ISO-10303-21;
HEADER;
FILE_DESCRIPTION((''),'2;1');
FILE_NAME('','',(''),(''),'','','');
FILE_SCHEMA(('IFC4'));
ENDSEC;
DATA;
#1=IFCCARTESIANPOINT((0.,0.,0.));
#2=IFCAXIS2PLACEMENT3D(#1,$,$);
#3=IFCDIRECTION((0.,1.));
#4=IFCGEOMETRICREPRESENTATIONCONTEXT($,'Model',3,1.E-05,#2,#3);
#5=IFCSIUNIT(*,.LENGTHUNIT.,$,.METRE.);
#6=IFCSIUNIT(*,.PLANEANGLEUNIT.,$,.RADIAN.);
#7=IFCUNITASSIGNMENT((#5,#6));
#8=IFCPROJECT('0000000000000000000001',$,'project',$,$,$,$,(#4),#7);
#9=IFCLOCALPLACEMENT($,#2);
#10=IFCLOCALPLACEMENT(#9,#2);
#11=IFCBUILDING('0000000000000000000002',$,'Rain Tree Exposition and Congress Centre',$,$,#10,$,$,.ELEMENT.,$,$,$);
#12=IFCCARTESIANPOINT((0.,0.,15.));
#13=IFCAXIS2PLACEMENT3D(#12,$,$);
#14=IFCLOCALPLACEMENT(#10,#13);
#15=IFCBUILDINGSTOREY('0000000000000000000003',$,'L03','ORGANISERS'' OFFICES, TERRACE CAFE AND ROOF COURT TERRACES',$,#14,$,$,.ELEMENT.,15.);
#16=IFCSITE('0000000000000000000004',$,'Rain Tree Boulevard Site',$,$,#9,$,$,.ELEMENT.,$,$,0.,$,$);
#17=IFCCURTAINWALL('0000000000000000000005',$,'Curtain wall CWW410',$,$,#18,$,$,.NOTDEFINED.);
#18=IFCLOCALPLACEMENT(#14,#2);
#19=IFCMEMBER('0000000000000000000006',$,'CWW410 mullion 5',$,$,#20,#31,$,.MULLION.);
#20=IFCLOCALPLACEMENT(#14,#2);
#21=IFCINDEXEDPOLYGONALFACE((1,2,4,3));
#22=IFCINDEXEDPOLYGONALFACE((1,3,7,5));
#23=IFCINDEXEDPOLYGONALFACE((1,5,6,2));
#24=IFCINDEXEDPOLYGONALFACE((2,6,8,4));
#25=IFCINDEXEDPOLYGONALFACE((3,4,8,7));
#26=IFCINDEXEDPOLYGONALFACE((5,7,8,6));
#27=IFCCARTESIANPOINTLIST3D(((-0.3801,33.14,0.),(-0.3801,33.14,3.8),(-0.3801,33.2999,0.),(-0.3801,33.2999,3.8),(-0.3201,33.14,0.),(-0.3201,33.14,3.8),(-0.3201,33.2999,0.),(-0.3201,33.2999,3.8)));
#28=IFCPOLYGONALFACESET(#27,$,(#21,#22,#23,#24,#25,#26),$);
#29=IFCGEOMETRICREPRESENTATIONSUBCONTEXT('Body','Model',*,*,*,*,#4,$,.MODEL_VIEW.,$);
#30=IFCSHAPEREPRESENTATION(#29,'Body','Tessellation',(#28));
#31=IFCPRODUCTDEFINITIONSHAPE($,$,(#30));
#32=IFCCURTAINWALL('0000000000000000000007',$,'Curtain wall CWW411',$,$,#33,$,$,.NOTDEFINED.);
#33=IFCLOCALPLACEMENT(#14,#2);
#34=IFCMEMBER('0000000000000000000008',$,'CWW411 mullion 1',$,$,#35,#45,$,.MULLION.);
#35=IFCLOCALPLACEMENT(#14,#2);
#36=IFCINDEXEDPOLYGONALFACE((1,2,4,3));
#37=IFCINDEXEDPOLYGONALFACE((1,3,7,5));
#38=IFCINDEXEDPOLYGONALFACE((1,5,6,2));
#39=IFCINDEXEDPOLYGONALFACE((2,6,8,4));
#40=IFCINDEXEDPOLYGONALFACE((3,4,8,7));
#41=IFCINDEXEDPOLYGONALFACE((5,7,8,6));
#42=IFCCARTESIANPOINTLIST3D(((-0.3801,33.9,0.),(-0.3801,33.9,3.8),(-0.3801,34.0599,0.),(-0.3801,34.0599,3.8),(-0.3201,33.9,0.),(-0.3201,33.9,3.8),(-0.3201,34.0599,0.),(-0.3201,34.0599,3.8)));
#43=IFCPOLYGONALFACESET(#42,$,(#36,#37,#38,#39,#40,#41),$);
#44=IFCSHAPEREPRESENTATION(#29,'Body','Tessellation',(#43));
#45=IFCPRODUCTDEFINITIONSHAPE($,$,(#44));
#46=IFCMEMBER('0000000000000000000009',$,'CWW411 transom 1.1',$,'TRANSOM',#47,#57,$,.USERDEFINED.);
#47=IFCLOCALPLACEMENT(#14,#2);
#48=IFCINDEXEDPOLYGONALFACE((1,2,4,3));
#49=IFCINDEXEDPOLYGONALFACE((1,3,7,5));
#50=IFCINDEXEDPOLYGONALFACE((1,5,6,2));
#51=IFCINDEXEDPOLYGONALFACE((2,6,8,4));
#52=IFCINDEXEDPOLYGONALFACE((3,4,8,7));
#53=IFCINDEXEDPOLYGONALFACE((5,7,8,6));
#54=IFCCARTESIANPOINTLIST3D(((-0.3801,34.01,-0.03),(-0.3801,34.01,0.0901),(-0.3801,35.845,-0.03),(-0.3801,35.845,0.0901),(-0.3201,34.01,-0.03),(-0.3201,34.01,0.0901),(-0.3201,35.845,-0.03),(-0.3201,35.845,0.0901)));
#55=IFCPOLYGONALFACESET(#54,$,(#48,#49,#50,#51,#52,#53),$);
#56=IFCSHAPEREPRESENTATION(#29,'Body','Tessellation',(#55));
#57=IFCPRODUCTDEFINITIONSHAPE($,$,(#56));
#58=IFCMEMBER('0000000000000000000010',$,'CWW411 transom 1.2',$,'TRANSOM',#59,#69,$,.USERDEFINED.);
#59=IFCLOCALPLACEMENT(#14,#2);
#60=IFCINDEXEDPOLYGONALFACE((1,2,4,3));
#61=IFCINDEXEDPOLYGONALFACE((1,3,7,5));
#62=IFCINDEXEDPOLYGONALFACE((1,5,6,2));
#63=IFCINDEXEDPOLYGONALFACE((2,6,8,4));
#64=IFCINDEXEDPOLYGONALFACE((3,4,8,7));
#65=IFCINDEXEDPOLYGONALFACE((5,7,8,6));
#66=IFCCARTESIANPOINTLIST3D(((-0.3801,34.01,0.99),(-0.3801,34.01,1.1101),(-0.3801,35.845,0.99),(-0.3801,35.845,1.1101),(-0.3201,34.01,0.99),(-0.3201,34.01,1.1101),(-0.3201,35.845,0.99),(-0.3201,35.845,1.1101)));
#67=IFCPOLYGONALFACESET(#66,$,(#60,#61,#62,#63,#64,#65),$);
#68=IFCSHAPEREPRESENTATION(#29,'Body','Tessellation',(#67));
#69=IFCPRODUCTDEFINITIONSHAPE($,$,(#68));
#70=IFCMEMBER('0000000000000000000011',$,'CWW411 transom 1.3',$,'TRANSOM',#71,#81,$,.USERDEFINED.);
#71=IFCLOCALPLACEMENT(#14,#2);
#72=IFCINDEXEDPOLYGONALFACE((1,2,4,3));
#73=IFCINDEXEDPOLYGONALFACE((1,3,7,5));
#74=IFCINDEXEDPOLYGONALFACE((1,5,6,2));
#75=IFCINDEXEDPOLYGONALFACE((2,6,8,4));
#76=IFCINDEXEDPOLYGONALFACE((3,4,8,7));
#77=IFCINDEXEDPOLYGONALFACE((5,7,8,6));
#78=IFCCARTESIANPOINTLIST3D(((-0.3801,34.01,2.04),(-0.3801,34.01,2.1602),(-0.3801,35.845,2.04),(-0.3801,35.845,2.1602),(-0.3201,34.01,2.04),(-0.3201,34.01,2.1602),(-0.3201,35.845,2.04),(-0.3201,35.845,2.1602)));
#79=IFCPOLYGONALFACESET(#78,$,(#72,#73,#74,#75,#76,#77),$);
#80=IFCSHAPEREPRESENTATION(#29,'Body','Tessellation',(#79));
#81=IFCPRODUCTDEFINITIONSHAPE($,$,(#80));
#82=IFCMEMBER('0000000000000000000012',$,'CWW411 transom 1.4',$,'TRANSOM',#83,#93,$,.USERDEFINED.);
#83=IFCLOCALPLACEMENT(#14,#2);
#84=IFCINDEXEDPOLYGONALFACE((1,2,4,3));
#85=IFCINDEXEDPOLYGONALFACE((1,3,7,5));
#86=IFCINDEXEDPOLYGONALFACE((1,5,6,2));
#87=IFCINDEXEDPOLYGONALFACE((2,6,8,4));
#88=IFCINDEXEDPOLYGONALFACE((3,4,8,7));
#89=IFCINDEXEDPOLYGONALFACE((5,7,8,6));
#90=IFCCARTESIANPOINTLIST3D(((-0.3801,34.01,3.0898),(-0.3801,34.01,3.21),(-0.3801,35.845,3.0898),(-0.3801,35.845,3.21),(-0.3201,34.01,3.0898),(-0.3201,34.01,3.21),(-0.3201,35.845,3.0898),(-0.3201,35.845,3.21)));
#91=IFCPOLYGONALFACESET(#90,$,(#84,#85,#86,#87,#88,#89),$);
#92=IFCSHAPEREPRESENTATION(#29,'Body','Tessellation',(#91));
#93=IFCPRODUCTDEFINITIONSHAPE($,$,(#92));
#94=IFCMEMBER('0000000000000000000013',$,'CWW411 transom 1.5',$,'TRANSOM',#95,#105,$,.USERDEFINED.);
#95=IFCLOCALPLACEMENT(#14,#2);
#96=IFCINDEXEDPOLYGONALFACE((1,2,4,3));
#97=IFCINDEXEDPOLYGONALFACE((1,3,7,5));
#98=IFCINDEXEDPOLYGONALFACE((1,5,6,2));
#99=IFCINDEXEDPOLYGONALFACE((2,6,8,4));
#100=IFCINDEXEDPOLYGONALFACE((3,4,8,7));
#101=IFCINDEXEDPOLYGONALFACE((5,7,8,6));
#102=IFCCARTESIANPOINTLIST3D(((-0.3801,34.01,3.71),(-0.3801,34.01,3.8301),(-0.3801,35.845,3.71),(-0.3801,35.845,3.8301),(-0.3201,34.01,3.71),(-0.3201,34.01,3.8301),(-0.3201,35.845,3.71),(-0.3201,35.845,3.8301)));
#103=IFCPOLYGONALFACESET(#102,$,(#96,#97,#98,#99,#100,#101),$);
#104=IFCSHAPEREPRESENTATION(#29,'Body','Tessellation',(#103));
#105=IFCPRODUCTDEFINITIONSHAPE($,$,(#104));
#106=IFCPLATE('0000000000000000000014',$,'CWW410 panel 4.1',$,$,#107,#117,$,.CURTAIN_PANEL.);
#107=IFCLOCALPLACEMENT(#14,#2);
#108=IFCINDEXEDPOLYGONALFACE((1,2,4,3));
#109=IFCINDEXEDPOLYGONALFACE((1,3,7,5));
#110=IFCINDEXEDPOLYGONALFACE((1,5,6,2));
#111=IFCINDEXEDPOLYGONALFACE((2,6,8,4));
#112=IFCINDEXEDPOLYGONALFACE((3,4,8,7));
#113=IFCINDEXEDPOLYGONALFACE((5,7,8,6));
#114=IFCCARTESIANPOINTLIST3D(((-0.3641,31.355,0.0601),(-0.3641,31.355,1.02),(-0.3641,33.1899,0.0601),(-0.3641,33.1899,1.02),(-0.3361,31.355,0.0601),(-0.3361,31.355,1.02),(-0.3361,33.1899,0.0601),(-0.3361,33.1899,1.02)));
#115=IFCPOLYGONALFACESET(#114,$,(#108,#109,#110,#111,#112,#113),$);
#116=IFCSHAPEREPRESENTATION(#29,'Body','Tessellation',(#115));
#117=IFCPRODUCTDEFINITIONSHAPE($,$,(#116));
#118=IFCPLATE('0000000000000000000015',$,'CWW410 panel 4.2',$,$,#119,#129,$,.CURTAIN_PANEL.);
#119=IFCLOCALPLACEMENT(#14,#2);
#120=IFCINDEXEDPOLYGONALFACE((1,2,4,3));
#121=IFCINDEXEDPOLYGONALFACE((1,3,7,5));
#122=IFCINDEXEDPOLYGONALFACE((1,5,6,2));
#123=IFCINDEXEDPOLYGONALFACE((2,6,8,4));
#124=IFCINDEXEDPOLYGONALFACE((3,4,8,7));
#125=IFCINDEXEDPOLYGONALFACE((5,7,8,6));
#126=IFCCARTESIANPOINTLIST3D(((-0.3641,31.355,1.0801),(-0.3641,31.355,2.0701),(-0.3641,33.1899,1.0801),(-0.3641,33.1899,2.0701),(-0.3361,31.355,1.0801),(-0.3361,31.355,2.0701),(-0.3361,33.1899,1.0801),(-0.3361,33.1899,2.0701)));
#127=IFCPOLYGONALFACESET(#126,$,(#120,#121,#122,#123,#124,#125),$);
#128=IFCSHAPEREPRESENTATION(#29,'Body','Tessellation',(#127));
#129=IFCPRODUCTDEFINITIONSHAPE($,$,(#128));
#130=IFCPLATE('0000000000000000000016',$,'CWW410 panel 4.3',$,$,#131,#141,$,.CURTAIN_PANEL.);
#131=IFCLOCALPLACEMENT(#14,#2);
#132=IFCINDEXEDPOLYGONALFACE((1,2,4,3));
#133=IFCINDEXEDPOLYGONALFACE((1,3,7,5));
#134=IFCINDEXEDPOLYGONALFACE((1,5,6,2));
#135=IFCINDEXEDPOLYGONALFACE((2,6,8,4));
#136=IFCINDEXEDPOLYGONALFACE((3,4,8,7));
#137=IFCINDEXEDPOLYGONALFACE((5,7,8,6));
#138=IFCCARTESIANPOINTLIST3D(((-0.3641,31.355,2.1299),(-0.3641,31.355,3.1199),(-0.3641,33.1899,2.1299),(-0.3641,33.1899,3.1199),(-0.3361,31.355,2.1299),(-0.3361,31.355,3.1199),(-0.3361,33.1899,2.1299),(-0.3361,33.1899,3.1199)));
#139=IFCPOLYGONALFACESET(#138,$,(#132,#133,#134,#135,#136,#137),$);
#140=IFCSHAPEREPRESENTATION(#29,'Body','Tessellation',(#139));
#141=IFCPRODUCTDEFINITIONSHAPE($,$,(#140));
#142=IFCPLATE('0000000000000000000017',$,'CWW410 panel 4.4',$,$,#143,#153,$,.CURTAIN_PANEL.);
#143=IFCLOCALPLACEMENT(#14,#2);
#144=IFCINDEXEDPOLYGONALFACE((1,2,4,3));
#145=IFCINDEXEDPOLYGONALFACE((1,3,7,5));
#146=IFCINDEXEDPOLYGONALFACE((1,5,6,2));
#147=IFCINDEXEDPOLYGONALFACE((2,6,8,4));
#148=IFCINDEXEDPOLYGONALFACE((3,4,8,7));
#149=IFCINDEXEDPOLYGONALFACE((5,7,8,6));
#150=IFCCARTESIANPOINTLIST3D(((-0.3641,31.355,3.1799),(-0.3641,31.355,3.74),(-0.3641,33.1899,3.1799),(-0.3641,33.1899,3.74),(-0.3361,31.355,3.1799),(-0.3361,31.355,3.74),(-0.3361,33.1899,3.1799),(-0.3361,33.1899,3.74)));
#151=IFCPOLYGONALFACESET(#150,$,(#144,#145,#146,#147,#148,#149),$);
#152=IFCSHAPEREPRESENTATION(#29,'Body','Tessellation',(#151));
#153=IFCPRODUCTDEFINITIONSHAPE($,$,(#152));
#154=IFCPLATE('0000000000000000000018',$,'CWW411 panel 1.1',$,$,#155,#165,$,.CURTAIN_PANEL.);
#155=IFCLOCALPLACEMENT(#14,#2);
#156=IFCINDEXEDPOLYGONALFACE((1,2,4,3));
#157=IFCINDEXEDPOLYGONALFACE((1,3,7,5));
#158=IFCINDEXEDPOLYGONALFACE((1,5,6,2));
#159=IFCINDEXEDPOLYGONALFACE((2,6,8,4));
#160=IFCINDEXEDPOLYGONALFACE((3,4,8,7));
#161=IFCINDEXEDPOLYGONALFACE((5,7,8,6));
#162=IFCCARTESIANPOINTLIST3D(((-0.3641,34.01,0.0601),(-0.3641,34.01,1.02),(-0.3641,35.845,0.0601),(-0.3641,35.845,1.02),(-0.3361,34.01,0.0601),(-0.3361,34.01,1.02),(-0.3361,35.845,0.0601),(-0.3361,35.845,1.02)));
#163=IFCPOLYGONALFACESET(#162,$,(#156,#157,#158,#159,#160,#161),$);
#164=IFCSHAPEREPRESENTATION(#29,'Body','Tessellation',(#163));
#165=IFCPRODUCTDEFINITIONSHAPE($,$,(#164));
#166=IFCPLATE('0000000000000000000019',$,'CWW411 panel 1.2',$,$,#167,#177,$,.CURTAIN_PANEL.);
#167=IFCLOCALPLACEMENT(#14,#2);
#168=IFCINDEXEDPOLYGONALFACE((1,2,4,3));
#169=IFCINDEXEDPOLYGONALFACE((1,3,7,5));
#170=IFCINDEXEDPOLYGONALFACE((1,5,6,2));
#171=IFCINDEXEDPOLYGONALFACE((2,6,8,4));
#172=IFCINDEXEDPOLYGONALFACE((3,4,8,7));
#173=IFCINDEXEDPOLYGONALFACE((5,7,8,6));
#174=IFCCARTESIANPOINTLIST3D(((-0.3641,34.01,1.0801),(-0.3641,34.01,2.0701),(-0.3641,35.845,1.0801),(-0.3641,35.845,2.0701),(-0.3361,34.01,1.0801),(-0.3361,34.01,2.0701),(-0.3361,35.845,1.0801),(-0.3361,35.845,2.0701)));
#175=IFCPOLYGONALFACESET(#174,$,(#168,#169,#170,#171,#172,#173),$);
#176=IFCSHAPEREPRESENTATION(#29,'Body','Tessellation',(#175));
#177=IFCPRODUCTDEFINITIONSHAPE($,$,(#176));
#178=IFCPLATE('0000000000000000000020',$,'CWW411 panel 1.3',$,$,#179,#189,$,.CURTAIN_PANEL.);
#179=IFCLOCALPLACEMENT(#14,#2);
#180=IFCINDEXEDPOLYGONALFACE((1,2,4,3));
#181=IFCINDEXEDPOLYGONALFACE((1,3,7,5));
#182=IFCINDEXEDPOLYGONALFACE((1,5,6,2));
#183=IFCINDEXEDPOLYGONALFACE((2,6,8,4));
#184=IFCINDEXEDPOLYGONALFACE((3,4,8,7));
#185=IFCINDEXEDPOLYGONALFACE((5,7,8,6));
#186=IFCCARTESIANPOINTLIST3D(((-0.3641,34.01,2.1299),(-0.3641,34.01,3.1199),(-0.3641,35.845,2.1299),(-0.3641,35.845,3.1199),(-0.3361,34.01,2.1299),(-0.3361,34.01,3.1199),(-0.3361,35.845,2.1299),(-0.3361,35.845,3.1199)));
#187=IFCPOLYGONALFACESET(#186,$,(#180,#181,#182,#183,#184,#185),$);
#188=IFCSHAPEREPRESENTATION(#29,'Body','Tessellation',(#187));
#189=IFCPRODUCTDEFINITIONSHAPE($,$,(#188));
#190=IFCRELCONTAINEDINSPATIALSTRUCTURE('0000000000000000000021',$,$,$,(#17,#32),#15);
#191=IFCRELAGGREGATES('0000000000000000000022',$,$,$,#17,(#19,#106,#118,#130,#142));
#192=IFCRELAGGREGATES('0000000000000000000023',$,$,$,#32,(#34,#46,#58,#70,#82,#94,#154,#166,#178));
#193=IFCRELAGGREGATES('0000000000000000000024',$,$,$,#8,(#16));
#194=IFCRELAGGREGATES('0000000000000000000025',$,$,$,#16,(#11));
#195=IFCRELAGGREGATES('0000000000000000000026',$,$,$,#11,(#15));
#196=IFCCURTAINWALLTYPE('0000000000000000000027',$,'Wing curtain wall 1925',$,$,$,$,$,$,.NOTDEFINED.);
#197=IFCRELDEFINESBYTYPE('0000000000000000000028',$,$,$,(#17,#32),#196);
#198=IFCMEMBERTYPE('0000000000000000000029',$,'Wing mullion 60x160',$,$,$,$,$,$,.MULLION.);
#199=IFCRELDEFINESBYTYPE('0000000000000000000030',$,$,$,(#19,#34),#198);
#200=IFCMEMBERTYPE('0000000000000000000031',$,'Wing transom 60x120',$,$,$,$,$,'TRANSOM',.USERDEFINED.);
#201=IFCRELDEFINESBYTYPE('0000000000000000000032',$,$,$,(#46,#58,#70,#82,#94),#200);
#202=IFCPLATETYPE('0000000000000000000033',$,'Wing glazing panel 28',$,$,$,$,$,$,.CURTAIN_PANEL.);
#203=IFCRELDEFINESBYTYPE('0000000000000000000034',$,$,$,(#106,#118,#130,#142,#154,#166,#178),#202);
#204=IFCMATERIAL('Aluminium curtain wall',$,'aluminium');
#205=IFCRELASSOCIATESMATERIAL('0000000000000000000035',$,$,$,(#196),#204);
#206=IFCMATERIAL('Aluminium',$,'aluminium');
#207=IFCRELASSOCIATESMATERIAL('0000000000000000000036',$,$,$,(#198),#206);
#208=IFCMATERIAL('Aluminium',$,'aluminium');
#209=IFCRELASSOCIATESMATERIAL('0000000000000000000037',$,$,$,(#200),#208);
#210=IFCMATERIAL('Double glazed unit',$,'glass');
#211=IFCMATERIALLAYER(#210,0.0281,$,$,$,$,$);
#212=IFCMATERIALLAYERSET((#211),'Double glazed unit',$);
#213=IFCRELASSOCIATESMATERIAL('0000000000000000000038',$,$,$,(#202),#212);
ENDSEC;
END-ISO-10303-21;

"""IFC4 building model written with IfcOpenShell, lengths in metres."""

from ifc_helpers import new_model, si_unit, direction, frame, origin, origin_2d, place, context, subcontext, project, spatial, rectangle, extrude, material, layer, layer_set, material_profile, profile_set, type_object, element, aggregate, save


model = new_model("IFC4")

# Units and contexts
model_context = context("Model", 3, precision=1e-05, world=origin(), true_north=direction((0.0, 1.0)))
body_context = subcontext(model_context, "Body", "Model", "MODEL_VIEW")
ifc_project = project(units=[si_unit("LENGTHUNIT", "METRE"), si_unit("PLANEANGLEUNIT", "RADIAN")], contexts=[model_context])

# Site, building, storey
site_placement = place(None, origin())
site = spatial("IfcSite", under=ifc_project, at=site_placement, Name="Rain Tree Boulevard Site", CompositionType="ELEMENT", RefElevation=0.0)
building_placement = place(site_placement, origin())
building = spatial("IfcBuilding", under=site, at=building_placement, Name="Rain Tree Exposition and Congress Centre", CompositionType="ELEMENT")
storey_placement = place(building_placement, frame((0.0, 0.0, 15.0)))
storey = spatial("IfcBuildingStorey", under=building, at=storey_placement, Name="L03", Description="ORGANISERS' OFFICES, TERRACE CAFE AND ROOF COURT TERRACES", CompositionType="ELEMENT", Elevation=15.0)

# Curtain wall, member
ifc_material_1 = material(Name="Aluminium curtain wall", Category="aluminium")
curtain_wall_type = type_object("IfcCurtainWallType", Name="Wing curtain wall 1925", PredefinedType="NOTDEFINED", material=ifc_material_1)
curtain_wall_1_placement = place(storey_placement, origin())
curtain_wall_1 = element("IfcCurtainWall", 1, at=curtain_wall_1_placement, inside=storey, type_object=curtain_wall_type, Name="Curtain wall CWW410", PredefinedType="NOTDEFINED")
ifc_material_2 = material(Name="Aluminium", Category="aluminium")
ifc_material_profile_1 = material_profile(ifc_material_2, rectangle(XDim=0.0601, YDim=0.1599, at=origin_2d()), Name="Aluminium 60x160")
ifc_profile_set_1 = profile_set([ifc_material_profile_1], Name="Aluminium")
member_type_1 = type_object("IfcMemberType", Name="Wing mullion 60x160", PredefinedType="MULLION", material=ifc_profile_set_1)
member_1_placement = place(storey_placement, frame((-0.3501, 33.22, 0.0), z_axis=(0.0, 0.0, 1.0), x_axis=(-1.0, 0.0, 0.0)))
member_1 = element("IfcMember", 2, at=member_1_placement, type_object=member_type_1, Name="CWW410 mullion 5", PredefinedType="MULLION", context=body_context, shape_type="SweptSolid", body=[
    extrude(rectangle(XDim=0.0601, YDim=0.1599, at=origin_2d()), origin(), (0.0, 0.0, 1.0), 3.8),
])

# Curtain wall, members
curtain_wall_2_placement = place(storey_placement, origin())
curtain_wall_2 = element("IfcCurtainWall", 3, at=curtain_wall_2_placement, inside=storey, type_object=curtain_wall_type, Name="Curtain wall CWW411", PredefinedType="NOTDEFINED")
member_2_placement = place(storey_placement, frame((-0.3501, 33.98, 0.0), z_axis=(0.0, 0.0, 1.0), x_axis=(-1.0, 0.0, 0.0)))
member_2 = element("IfcMember", 4, at=member_2_placement, type_object=member_type_1, Name="CWW411 mullion 1", PredefinedType="MULLION", context=body_context, shape_type="SweptSolid", body=[
    extrude(rectangle(XDim=0.0601, YDim=0.1599, at=origin_2d()), origin(), (0.0, 0.0, 1.0), 3.8),
])
ifc_material_3 = material(Name="Aluminium", Category="aluminium")
ifc_material_profile_2 = material_profile(ifc_material_3, rectangle(XDim=0.0601, YDim=0.1201, at=origin_2d()), Name="Aluminium 60x120")
ifc_profile_set_2 = profile_set([ifc_material_profile_2], Name="Aluminium")
member_type_2 = type_object("IfcMemberType", Name="Wing transom 60x120", ElementType="TRANSOM", PredefinedType="USERDEFINED", material=ifc_profile_set_2)
member_3_placement = place(storey_placement, frame((-0.3501, 34.01, 0.03), z_axis=(0.0, 1.0, 0.0), x_axis=(-1.0, 0.0, 0.0)))
member_3 = element("IfcMember", 5, at=member_3_placement, type_object=member_type_2, Name="CWW411 transom 1.1", ObjectType="TRANSOM", PredefinedType="USERDEFINED", context=body_context, shape_type="SweptSolid", body=[
    extrude(rectangle(XDim=0.0601, YDim=0.1201, at=origin_2d()), origin(), (0.0, 0.0, 1.0), 1.835),
])
member_4_placement = place(storey_placement, frame((-0.3501, 34.01, 1.05), z_axis=(0.0, 1.0, 0.0), x_axis=(-1.0, 0.0, 0.0)))
member_4 = element("IfcMember", 6, at=member_4_placement, type_object=member_type_2, Name="CWW411 transom 1.2", ObjectType="TRANSOM", PredefinedType="USERDEFINED", context=body_context, shape_type="SweptSolid", body=[
    extrude(rectangle(XDim=0.0601, YDim=0.1201, at=origin_2d()), origin(), (0.0, 0.0, 1.0), 1.835),
])
member_5_placement = place(storey_placement, frame((-0.3501, 34.01, 2.1001), z_axis=(0.0, 1.0, 0.0), x_axis=(-1.0, 0.0, 0.0)))
member_5 = element("IfcMember", 7, at=member_5_placement, type_object=member_type_2, Name="CWW411 transom 1.3", ObjectType="TRANSOM", PredefinedType="USERDEFINED", context=body_context, shape_type="SweptSolid", body=[
    extrude(rectangle(XDim=0.0601, YDim=0.1201, at=origin_2d()), origin(), (0.0, 0.0, 1.0), 1.835),
])
member_6_placement = place(storey_placement, frame((-0.3501, 34.01, 3.1499), z_axis=(0.0, 1.0, 0.0), x_axis=(-1.0, 0.0, 0.0)))
member_6 = element("IfcMember", 8, at=member_6_placement, type_object=member_type_2, Name="CWW411 transom 1.4", ObjectType="TRANSOM", PredefinedType="USERDEFINED", context=body_context, shape_type="SweptSolid", body=[
    extrude(rectangle(XDim=0.0601, YDim=0.1201, at=origin_2d()), origin(), (0.0, 0.0, 1.0), 1.835),
])
member_7_placement = place(storey_placement, frame((-0.3501, 34.01, 3.77), z_axis=(0.0, 1.0, 0.0), x_axis=(-1.0, 0.0, 0.0)))
member_7 = element("IfcMember", 9, at=member_7_placement, type_object=member_type_2, Name="CWW411 transom 1.5", ObjectType="TRANSOM", PredefinedType="USERDEFINED", context=body_context, shape_type="SweptSolid", body=[
    extrude(rectangle(XDim=0.0601, YDim=0.1201, at=origin_2d()), origin(), (0.0, 0.0, 1.0), 1.835),
])

# Plates
ifc_material_4 = material(Name="Double glazed unit", Category="glass")
ifc_layer_1 = layer(ifc_material_4, 0.0281)
ifc_layer_set_1 = layer_set([ifc_layer_1], Name="Double glazed unit")
plate_type = type_object("IfcPlateType", Name="Wing glazing panel 28", PredefinedType="CURTAIN_PANEL", material=ifc_layer_set_1)
plate_1_placement = place(storey_placement, frame((-0.3501, 32.2725, 0.0601), z_axis=(0.0, 0.0, 1.0), x_axis=(0.0, 1.0, 0.0)))
plate_1 = element("IfcPlate", 10, at=plate_1_placement, type_object=plate_type, Name="CWW410 panel 4.1", PredefinedType="CURTAIN_PANEL", context=body_context, shape_type="SweptSolid", body=[
    extrude(rectangle(XDim=1.835, YDim=0.0281, at=origin_2d()), origin(), (0.0, 0.0, 1.0), 0.96),
])
plate_2_placement = place(storey_placement, frame((-0.3501, 32.2725, 1.0801), z_axis=(0.0, 0.0, 1.0), x_axis=(0.0, 1.0, 0.0)))
plate_2 = element("IfcPlate", 11, at=plate_2_placement, type_object=plate_type, Name="CWW410 panel 4.2", PredefinedType="CURTAIN_PANEL", context=body_context, shape_type="SweptSolid", body=[
    extrude(rectangle(XDim=1.835, YDim=0.0281, at=origin_2d()), origin(), (0.0, 0.0, 1.0), 0.99),
])
plate_3_placement = place(storey_placement, frame((-0.3501, 32.2725, 2.1299), z_axis=(0.0, 0.0, 1.0), x_axis=(0.0, 1.0, 0.0)))
plate_3 = element("IfcPlate", 12, at=plate_3_placement, type_object=plate_type, Name="CWW410 panel 4.3", PredefinedType="CURTAIN_PANEL", context=body_context, shape_type="SweptSolid", body=[
    extrude(rectangle(XDim=1.835, YDim=0.0281, at=origin_2d()), origin(), (0.0, 0.0, 1.0), 0.99),
])
plate_4_placement = place(storey_placement, frame((-0.3501, 32.2725, 3.1799), z_axis=(0.0, 0.0, 1.0), x_axis=(0.0, 1.0, 0.0)))
plate_4 = element("IfcPlate", 13, at=plate_4_placement, type_object=plate_type, Name="CWW410 panel 4.4", PredefinedType="CURTAIN_PANEL", context=body_context, shape_type="SweptSolid", body=[
    extrude(rectangle(XDim=1.835, YDim=0.0281, at=origin_2d()), origin(), (0.0, 0.0, 1.0), 0.5601),
])
aggregate(curtain_wall_1, [member_1, plate_1, plate_2, plate_3, plate_4])
plate_5_placement = place(storey_placement, frame((-0.3501, 34.9275, 0.0601), z_axis=(0.0, 0.0, 1.0), x_axis=(0.0, 1.0, 0.0)))
plate_5 = element("IfcPlate", 14, at=plate_5_placement, type_object=plate_type, Name="CWW411 panel 1.1", PredefinedType="CURTAIN_PANEL", context=body_context, shape_type="SweptSolid", body=[
    extrude(rectangle(XDim=1.835, YDim=0.0281, at=origin_2d()), origin(), (0.0, 0.0, 1.0), 0.96),
])
plate_6_placement = place(storey_placement, frame((-0.3501, 34.9275, 1.0801), z_axis=(0.0, 0.0, 1.0), x_axis=(0.0, 1.0, 0.0)))
plate_6 = element("IfcPlate", 15, at=plate_6_placement, type_object=plate_type, Name="CWW411 panel 1.2", PredefinedType="CURTAIN_PANEL", context=body_context, shape_type="SweptSolid", body=[
    extrude(rectangle(XDim=1.835, YDim=0.0281, at=origin_2d()), origin(), (0.0, 0.0, 1.0), 0.99),
])
plate_7_placement = place(storey_placement, frame((-0.3501, 34.9275, 2.1299), z_axis=(0.0, 0.0, 1.0), x_axis=(0.0, 1.0, 0.0)))
plate_7 = element("IfcPlate", 16, at=plate_7_placement, type_object=plate_type, Name="CWW411 panel 1.3", PredefinedType="CURTAIN_PANEL", context=body_context, shape_type="SweptSolid", body=[
    extrude(rectangle(XDim=1.835, YDim=0.0281, at=origin_2d()), origin(), (0.0, 0.0, 1.0), 0.99),
])
aggregate(curtain_wall_2, [member_2, member_3, member_4, member_5, member_6, member_7, plate_5, plate_6, plate_7])

save(model, "model.ifc")
